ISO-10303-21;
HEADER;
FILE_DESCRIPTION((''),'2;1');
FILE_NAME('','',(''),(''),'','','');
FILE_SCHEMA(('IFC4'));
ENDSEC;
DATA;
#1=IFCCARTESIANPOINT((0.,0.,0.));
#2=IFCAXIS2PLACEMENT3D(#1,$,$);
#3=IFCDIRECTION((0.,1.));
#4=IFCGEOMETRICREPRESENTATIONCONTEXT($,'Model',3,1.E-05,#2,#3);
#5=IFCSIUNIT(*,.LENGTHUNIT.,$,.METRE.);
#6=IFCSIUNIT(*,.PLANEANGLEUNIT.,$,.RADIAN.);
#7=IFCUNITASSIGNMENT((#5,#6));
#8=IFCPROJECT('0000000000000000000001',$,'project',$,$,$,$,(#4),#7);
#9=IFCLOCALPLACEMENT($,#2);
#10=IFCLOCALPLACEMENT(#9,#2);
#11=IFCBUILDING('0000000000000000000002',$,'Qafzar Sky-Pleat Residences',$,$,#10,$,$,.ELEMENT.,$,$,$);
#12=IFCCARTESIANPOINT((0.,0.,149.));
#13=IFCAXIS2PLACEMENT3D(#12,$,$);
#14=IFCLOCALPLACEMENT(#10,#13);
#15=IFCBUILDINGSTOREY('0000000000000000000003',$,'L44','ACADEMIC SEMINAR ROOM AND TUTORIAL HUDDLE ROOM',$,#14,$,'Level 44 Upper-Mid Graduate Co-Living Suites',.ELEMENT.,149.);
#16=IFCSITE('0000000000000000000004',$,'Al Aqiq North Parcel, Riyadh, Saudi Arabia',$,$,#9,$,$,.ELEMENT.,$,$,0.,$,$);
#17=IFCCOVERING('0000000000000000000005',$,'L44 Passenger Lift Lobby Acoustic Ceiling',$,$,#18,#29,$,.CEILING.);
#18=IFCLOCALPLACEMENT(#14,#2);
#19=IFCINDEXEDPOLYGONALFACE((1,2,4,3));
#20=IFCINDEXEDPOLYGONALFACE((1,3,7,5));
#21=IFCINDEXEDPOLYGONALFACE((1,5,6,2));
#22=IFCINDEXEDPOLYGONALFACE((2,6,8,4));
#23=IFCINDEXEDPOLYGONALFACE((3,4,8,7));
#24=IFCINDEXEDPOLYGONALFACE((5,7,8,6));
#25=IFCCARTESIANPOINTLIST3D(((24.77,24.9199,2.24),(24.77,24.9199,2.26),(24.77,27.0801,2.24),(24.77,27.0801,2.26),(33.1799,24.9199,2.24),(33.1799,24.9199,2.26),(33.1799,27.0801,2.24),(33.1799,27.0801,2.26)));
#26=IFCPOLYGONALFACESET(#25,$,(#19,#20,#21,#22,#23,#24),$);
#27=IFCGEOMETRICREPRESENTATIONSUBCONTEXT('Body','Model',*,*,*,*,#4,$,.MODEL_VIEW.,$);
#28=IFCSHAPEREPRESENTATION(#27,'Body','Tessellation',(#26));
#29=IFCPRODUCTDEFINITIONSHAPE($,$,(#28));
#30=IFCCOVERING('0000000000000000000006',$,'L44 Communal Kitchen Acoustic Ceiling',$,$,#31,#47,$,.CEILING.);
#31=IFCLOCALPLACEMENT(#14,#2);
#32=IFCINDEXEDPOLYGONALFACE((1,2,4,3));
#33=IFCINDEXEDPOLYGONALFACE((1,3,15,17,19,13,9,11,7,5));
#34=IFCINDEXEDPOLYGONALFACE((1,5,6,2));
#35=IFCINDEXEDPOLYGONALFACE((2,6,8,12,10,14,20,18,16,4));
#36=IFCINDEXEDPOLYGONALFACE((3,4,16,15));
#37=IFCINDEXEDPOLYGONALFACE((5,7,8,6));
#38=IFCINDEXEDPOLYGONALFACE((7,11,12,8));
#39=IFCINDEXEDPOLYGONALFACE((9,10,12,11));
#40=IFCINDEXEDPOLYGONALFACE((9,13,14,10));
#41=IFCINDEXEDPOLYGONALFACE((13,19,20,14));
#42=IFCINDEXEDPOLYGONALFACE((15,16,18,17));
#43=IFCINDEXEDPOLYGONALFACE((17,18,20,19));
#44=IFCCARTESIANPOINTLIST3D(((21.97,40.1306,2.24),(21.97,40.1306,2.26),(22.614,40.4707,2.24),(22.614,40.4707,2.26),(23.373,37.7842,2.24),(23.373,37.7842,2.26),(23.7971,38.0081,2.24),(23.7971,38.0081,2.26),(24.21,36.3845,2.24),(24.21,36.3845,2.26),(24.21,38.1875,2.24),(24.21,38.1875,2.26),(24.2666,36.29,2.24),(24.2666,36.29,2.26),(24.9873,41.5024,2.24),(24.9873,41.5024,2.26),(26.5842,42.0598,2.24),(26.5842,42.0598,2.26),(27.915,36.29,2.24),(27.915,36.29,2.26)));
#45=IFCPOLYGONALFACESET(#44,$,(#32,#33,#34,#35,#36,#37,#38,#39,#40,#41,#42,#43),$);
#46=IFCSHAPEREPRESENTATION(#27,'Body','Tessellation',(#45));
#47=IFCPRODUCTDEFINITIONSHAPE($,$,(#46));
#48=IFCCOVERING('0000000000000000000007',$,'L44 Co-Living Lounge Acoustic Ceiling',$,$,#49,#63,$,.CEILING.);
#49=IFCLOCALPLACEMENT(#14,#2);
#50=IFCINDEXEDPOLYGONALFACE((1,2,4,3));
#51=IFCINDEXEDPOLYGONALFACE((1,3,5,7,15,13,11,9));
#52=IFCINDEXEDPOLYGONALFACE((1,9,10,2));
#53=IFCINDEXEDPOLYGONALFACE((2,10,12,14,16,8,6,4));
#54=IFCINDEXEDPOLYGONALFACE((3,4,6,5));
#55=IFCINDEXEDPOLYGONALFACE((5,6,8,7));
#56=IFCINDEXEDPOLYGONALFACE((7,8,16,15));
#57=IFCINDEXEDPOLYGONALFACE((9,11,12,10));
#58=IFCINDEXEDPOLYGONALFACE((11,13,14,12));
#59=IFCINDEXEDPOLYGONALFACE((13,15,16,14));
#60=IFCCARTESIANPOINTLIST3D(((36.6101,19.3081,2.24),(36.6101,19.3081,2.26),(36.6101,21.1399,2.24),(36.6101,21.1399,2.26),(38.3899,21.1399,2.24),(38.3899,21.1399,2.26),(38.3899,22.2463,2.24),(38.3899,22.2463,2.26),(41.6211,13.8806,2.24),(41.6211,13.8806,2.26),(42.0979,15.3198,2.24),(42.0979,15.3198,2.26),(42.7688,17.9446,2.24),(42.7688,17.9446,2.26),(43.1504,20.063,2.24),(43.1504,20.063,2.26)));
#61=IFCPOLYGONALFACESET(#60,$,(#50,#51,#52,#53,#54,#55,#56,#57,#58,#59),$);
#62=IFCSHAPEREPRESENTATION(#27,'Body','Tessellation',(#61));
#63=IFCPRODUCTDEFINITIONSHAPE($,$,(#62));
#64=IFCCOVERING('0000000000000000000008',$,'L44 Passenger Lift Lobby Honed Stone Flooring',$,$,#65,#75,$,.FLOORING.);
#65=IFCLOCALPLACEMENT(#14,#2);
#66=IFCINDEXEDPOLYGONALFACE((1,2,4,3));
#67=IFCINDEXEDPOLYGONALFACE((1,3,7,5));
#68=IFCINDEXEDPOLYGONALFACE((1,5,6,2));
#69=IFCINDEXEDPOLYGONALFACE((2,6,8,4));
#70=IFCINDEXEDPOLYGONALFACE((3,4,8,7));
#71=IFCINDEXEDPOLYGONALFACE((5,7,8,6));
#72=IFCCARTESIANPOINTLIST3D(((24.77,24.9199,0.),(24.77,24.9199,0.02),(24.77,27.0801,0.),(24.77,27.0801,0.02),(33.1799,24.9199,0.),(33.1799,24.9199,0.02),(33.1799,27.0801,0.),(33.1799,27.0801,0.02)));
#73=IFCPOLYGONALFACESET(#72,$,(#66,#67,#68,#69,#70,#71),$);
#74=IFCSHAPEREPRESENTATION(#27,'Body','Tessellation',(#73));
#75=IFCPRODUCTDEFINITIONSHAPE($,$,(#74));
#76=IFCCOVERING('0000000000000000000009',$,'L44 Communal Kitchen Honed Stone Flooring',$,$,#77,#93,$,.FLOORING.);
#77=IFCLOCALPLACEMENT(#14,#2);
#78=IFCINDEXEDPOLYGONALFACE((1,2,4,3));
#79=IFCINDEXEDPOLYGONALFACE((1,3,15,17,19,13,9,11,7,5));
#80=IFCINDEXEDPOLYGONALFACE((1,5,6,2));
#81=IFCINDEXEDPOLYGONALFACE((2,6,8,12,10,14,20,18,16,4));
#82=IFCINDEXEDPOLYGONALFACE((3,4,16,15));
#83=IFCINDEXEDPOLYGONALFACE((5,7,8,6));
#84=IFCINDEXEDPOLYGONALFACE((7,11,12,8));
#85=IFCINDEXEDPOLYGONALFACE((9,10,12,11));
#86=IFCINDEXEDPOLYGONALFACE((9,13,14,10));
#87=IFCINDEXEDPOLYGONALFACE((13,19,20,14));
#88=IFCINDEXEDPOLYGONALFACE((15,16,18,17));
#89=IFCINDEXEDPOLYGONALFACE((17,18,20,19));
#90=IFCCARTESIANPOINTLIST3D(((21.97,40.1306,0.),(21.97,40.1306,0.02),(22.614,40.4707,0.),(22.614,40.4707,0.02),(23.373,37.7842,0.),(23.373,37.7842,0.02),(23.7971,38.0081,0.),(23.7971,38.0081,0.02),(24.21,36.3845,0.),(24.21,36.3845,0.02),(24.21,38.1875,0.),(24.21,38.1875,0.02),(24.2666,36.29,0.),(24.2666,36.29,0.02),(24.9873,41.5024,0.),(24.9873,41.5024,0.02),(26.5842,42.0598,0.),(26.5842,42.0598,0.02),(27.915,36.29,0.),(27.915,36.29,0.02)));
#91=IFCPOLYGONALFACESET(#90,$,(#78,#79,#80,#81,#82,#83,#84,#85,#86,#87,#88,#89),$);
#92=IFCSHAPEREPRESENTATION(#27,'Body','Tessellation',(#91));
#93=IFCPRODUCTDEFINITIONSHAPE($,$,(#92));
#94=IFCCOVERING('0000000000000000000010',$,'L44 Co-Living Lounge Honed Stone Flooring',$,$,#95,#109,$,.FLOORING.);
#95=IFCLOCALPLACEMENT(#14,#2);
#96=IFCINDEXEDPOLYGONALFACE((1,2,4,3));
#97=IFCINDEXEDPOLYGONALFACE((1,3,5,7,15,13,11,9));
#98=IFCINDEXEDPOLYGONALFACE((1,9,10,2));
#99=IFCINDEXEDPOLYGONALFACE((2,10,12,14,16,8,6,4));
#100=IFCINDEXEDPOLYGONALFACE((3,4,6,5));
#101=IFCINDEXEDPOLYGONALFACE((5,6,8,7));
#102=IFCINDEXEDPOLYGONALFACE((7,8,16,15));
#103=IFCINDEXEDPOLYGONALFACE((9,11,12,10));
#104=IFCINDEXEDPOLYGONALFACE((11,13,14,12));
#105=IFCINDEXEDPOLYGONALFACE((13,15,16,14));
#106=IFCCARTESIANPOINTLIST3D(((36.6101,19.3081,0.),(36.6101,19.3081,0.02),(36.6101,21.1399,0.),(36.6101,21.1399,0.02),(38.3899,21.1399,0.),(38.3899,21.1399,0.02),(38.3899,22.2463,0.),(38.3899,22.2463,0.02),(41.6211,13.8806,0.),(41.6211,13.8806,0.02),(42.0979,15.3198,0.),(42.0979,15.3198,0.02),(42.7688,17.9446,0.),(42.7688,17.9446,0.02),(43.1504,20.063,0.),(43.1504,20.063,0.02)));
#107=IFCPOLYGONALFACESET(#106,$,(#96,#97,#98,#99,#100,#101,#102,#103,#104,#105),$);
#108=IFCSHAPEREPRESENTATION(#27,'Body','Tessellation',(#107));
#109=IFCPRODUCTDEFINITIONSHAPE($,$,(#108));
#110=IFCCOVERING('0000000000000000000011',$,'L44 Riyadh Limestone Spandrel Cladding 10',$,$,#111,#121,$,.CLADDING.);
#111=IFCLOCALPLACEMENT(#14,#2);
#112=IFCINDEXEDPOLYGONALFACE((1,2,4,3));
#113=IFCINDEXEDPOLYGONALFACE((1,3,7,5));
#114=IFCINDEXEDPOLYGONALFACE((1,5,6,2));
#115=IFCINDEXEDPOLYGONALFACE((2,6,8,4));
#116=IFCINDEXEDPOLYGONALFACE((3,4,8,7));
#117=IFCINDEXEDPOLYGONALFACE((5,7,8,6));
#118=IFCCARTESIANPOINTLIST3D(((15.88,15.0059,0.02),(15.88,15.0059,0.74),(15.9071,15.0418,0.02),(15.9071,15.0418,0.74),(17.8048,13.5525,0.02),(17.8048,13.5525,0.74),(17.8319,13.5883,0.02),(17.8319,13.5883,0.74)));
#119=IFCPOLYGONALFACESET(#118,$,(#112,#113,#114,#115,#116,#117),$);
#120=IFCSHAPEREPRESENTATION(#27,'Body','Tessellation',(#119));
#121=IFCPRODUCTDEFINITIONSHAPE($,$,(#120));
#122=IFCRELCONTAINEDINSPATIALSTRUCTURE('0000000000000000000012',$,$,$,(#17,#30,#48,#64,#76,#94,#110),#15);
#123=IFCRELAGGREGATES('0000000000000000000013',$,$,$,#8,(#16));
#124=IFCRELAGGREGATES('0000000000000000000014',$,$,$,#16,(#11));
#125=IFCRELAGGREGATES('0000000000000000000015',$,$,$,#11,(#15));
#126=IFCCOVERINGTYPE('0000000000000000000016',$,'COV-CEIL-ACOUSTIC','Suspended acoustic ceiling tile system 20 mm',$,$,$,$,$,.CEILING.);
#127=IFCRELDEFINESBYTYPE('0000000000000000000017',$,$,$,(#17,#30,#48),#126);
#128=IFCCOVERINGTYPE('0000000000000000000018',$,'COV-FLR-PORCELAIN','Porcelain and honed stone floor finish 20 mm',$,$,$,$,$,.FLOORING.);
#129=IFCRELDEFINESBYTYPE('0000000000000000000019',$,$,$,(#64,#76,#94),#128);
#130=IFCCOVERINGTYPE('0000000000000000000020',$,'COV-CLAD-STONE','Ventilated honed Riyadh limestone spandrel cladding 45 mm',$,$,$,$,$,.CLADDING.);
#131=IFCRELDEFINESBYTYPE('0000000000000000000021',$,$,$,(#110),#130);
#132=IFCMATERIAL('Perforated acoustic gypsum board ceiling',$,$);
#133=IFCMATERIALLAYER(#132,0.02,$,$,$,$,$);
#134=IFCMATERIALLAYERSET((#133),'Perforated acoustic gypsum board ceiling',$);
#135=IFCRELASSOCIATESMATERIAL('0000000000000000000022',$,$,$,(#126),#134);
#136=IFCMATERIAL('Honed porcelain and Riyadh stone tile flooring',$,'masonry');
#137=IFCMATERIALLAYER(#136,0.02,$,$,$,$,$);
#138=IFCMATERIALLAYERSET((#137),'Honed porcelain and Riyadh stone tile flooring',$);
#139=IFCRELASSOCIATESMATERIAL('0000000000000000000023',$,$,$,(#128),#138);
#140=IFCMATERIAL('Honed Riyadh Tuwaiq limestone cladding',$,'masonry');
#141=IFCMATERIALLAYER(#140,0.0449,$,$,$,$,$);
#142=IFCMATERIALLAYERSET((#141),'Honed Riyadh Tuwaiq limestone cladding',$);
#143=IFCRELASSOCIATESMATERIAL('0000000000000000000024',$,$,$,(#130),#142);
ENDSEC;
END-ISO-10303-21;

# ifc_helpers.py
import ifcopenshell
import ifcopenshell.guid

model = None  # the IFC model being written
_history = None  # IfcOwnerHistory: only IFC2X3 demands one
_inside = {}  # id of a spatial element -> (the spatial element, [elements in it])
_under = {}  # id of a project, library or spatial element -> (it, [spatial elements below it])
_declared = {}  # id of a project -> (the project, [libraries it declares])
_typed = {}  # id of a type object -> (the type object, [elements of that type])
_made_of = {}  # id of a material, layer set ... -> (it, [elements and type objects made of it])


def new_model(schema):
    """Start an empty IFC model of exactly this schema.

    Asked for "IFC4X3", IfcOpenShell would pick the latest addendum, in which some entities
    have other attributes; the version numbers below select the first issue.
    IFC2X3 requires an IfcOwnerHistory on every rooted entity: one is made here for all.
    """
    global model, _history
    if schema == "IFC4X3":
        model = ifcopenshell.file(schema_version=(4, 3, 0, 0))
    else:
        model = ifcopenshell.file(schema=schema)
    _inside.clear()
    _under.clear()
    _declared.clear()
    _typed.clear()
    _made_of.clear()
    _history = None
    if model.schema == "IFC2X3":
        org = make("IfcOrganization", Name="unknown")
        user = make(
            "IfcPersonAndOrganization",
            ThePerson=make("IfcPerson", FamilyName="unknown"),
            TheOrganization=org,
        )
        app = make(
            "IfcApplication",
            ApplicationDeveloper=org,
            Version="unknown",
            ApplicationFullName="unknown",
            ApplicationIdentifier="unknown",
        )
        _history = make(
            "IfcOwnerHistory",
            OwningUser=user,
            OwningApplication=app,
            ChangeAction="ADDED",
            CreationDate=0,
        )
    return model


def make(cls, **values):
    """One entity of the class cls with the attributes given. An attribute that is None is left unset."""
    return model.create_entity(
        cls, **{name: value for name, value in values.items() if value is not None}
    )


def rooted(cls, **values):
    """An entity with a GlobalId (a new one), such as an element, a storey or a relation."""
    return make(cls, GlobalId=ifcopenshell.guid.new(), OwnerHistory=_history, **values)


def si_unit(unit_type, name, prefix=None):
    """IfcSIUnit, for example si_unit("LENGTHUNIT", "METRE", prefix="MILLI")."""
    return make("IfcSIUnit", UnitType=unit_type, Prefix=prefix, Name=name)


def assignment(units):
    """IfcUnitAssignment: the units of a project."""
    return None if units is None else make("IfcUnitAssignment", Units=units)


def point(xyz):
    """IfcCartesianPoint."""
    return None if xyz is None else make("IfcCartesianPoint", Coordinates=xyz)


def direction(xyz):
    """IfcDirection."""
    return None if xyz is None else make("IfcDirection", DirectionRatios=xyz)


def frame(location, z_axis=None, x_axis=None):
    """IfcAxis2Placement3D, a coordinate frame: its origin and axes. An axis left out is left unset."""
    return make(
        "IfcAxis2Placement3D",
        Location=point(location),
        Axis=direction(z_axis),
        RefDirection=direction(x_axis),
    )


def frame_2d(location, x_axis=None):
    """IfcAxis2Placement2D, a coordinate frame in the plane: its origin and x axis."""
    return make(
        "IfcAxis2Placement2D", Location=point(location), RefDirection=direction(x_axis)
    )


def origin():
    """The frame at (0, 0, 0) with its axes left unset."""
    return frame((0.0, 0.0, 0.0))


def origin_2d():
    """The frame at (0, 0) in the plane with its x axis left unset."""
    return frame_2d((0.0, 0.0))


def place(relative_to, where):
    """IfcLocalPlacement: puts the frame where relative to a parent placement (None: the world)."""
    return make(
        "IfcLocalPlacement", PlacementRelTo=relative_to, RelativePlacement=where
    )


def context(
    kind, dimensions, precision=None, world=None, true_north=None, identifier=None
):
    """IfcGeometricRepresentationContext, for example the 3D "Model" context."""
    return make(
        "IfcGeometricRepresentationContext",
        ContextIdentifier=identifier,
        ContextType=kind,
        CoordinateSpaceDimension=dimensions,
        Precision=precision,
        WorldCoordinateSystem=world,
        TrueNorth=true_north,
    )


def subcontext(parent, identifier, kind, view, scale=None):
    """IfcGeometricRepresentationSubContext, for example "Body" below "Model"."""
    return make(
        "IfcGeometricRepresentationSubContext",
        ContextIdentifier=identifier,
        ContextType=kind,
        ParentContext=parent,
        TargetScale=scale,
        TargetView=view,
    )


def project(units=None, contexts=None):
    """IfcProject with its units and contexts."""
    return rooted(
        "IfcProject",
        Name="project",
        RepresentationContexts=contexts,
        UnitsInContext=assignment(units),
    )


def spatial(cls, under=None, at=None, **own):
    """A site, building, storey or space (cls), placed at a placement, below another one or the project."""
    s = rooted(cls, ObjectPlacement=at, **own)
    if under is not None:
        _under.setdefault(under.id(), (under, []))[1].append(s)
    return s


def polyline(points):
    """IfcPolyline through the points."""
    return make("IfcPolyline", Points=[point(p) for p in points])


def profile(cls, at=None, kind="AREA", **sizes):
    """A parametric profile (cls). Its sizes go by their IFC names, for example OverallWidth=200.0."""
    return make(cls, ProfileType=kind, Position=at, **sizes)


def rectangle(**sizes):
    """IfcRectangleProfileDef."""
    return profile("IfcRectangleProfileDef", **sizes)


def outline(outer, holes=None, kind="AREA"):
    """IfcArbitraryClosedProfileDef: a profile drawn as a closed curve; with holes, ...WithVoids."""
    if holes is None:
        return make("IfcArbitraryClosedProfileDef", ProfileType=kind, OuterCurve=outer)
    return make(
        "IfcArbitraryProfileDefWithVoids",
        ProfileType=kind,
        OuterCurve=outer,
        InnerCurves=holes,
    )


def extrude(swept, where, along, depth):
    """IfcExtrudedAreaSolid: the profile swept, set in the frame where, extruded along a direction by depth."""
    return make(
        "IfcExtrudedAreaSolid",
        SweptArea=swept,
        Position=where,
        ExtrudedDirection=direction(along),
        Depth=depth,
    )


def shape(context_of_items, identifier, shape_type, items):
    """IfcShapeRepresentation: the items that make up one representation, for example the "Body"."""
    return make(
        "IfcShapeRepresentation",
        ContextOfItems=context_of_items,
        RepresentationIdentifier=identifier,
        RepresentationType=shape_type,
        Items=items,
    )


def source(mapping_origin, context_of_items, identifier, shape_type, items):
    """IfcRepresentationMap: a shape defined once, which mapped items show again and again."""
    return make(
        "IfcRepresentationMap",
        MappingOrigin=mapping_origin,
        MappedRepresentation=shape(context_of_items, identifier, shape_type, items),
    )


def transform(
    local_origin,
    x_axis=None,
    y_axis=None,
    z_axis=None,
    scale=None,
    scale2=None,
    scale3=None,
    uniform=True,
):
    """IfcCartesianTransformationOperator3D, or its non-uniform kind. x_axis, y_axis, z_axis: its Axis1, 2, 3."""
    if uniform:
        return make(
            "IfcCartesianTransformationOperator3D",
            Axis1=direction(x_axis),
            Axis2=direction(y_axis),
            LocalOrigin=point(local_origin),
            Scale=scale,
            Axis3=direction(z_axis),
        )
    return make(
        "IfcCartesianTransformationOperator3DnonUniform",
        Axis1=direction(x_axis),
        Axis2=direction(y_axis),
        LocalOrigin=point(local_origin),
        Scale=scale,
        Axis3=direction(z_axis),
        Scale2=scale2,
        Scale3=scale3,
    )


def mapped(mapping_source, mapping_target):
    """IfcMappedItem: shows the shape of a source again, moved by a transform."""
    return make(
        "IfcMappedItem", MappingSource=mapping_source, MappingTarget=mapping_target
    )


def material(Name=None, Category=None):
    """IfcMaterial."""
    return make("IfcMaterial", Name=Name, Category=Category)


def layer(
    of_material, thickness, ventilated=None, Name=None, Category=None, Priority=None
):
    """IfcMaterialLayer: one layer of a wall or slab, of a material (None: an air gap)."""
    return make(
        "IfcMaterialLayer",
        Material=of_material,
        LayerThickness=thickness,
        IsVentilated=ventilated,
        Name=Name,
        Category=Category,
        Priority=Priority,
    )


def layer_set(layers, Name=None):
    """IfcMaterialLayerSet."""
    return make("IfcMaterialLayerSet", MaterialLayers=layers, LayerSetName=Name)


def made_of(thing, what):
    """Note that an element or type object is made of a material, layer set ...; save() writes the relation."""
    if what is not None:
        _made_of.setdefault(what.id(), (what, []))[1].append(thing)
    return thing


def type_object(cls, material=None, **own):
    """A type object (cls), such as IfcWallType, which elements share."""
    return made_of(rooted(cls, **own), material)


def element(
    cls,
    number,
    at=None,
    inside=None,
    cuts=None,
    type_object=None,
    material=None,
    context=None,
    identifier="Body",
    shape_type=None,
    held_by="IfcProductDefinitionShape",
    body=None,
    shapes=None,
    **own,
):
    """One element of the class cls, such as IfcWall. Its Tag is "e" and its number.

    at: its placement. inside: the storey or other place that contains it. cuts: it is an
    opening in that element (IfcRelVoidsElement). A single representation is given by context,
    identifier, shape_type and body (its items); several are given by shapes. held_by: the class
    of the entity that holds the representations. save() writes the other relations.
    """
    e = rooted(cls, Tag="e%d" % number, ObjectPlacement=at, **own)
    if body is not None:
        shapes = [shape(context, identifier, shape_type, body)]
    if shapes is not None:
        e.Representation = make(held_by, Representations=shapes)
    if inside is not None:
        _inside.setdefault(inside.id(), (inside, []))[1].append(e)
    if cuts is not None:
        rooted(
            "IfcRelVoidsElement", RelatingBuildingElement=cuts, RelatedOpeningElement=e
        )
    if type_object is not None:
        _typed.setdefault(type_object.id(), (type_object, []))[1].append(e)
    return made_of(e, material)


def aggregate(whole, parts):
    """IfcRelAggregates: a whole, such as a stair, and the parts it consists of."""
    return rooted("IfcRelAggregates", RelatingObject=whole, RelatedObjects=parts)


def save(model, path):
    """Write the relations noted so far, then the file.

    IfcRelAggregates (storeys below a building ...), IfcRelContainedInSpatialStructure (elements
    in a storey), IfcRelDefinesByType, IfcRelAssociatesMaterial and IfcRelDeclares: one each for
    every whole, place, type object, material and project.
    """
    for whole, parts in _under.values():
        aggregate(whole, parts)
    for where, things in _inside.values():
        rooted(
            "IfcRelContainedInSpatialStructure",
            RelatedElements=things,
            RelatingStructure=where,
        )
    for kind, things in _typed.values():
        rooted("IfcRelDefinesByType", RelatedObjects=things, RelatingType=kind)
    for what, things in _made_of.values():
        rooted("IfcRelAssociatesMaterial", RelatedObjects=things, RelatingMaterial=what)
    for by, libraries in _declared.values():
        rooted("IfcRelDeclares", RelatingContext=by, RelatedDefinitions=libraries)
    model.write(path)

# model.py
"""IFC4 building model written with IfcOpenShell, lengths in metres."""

from ifc_helpers import new_model, si_unit, direction, frame, origin, origin_2d, place, context, subcontext, project, spatial, polyline, rectangle, outline, extrude, source, transform, mapped, material, layer, layer_set, type_object, element, save


model = new_model("IFC4")

# Units and contexts
model_context = context("Model", 3, precision=1e-05, world=origin(), true_north=direction((0.0, 1.0)))
body_context = subcontext(model_context, "Body", "Model", "MODEL_VIEW")
ifc_project = project(units=[si_unit("LENGTHUNIT", "METRE"), si_unit("PLANEANGLEUNIT", "RADIAN")], contexts=[model_context])

# Site, building, storey
site_placement = place(None, origin())
site = spatial("IfcSite", under=ifc_project, at=site_placement, Name="Al Aqiq North Parcel, Riyadh, Saudi Arabia", CompositionType="ELEMENT", RefElevation=0.0)
building_placement = place(site_placement, origin())
building = spatial("IfcBuilding", under=site, at=building_placement, Name="Qafzar Sky-Pleat Residences", CompositionType="ELEMENT")
storey_placement = place(building_placement, frame((0.0, 0.0, 149.0)))
storey = spatial("IfcBuildingStorey", under=building, at=storey_placement, Name="L44", Description="ACADEMIC SEMINAR ROOM AND TUTORIAL HUDDLE ROOM", LongName="Level 44 Upper-Mid Graduate Co-Living Suites", CompositionType="ELEMENT", Elevation=149.0)

# Coverings
ifc_material_1 = material(Name="Perforated acoustic gypsum board ceiling")
ifc_layer_1 = layer(ifc_material_1, 0.02)
ifc_layer_set_1 = layer_set([ifc_layer_1], Name="Perforated acoustic gypsum board ceiling")
covering_type_1 = type_object("IfcCoveringType", Name="COV-CEIL-ACOUSTIC", Description="Suspended acoustic ceiling tile system 20 mm", PredefinedType="CEILING", material=ifc_layer_set_1)
covering_1_placement = place(storey_placement, frame((0.0, 0.0, 2.24)))
element("IfcCovering", 1, at=covering_1_placement, inside=storey, type_object=covering_type_1, Name="L44 Passenger Lift Lobby Acoustic Ceiling", PredefinedType="CEILING", context=body_context, shape_type="SweptSolid", body=[
    extrude(outline(polyline([(33.1799, 24.9199), (24.77, 24.9199), (24.77, 27.0801), (33.1799, 27.0801), (33.1799, 24.9199)])), origin(), (0.0, 0.0, 1.0), 0.02),
])
covering_2_placement = place(storey_placement, frame((0.0, 0.0, 2.24)))
element("IfcCovering", 2, at=covering_2_placement, inside=storey, type_object=covering_type_1, Name="L44 Communal Kitchen Acoustic Ceiling", PredefinedType="CEILING", context=body_context, shape_type="SweptSolid", body=[
    extrude(outline(polyline([(22.614, 40.4707), (24.9873, 41.5024), (26.5842, 42.0598), (27.915, 36.29), (24.2666, 36.29), (24.21, 36.3845), (24.21, 38.1875), (23.7971, 38.0081), (23.373, 37.7842), (21.97, 40.1306), (22.614, 40.4707)])), origin(), (0.0, 0.0, 1.0), 0.02),
])
covering_3_placement = place(storey_placement, frame((0.0, 0.0, 2.24)))
element("IfcCovering", 3, at=covering_3_placement, inside=storey, type_object=covering_type_1, Name="L44 Co-Living Lounge Acoustic Ceiling", PredefinedType="CEILING", context=body_context, shape_type="SweptSolid", body=[
    extrude(outline(polyline([(42.7688, 17.9446), (42.0979, 15.3198), (41.6211, 13.8806), (36.6101, 19.3081), (36.6101, 21.1399), (38.3899, 21.1399), (38.3899, 22.2463), (43.1504, 20.063), (42.7688, 17.9446)])), origin(), (0.0, 0.0, 1.0), 0.02),
])
ifc_material_2 = material(Name="Honed porcelain and Riyadh stone tile flooring", Category="masonry")
ifc_layer_2 = layer(ifc_material_2, 0.02)
ifc_layer_set_2 = layer_set([ifc_layer_2], Name="Honed porcelain and Riyadh stone tile flooring")
covering_type_2 = type_object("IfcCoveringType", Name="COV-FLR-PORCELAIN", Description="Porcelain and honed stone floor finish 20 mm", PredefinedType="FLOORING", material=ifc_layer_set_2)
covering_4_placement = place(storey_placement, origin())
element("IfcCovering", 4, at=covering_4_placement, inside=storey, type_object=covering_type_2, Name="L44 Passenger Lift Lobby Honed Stone Flooring", PredefinedType="FLOORING", context=body_context, shape_type="SweptSolid", body=[
    extrude(outline(polyline([(33.1799, 24.9199), (24.77, 24.9199), (24.77, 27.0801), (33.1799, 27.0801), (33.1799, 24.9199)])), origin(), (0.0, 0.0, 1.0), 0.02),
])
covering_5_placement = place(storey_placement, origin())
element("IfcCovering", 5, at=covering_5_placement, inside=storey, type_object=covering_type_2, Name="L44 Communal Kitchen Honed Stone Flooring", PredefinedType="FLOORING", context=body_context, shape_type="SweptSolid", body=[
    extrude(outline(polyline([(22.614, 40.4707), (24.9873, 41.5024), (26.5842, 42.0598), (27.915, 36.29), (24.2666, 36.29), (24.21, 36.3845), (24.21, 38.1875), (23.7971, 38.0081), (23.373, 37.7842), (21.97, 40.1306), (22.614, 40.4707)])), origin(), (0.0, 0.0, 1.0), 0.02),
])
covering_6_placement = place(storey_placement, origin())
element("IfcCovering", 6, at=covering_6_placement, inside=storey, type_object=covering_type_2, Name="L44 Co-Living Lounge Honed Stone Flooring", PredefinedType="FLOORING", context=body_context, shape_type="SweptSolid", body=[
    extrude(outline(polyline([(42.7688, 17.9446), (42.0979, 15.3198), (41.6211, 13.8806), (36.6101, 19.3081), (36.6101, 21.1399), (38.3899, 21.1399), (38.3899, 22.2463), (43.1504, 20.063), (42.7688, 17.9446)])), origin(), (0.0, 0.0, 1.0), 0.02),
])
ifc_material_3 = material(Name="Honed Riyadh Tuwaiq limestone cladding", Category="masonry")
ifc_layer_3 = layer(ifc_material_3, 0.0449)
ifc_layer_set_3 = layer_set([ifc_layer_3], Name="Honed Riyadh Tuwaiq limestone cladding")
covering_type_3 = type_object("IfcCoveringType", Name="COV-CLAD-STONE", Description="Ventilated honed Riyadh limestone spandrel cladding 45 mm", PredefinedType="CLADDING", material=ifc_layer_set_3)
shared_shape_1 = source(origin(), body_context, "Body", "SweptSolid", [
    extrude(rectangle(XDim=2.4119, YDim=0.0449, at=origin_2d()), origin(), (0.0, 0.0, 1.0), 0.72),
])
covering_7_placement = place(storey_placement, frame((16.856, 14.2971, 0.02), z_axis=(0.0, 0.0, 1.0), x_axis=(0.798034, -0.602612, 0.0)))
element("IfcCovering", 7, at=covering_7_placement, inside=storey, type_object=covering_type_3, Name="L44 Riyadh Limestone Spandrel Cladding 10", PredefinedType="CLADDING", context=body_context, shape_type="MappedRepresentation", body=[
    mapped(shared_shape_1, transform((0.0, 0.0, 0.0), x_axis=(1.0, 0.0, 0.0), y_axis=(0.0, 1.0, 0.0), z_axis=(0.0, 0.0, 1.0), scale=1.0)),
])

save(model, "model.ifc")
